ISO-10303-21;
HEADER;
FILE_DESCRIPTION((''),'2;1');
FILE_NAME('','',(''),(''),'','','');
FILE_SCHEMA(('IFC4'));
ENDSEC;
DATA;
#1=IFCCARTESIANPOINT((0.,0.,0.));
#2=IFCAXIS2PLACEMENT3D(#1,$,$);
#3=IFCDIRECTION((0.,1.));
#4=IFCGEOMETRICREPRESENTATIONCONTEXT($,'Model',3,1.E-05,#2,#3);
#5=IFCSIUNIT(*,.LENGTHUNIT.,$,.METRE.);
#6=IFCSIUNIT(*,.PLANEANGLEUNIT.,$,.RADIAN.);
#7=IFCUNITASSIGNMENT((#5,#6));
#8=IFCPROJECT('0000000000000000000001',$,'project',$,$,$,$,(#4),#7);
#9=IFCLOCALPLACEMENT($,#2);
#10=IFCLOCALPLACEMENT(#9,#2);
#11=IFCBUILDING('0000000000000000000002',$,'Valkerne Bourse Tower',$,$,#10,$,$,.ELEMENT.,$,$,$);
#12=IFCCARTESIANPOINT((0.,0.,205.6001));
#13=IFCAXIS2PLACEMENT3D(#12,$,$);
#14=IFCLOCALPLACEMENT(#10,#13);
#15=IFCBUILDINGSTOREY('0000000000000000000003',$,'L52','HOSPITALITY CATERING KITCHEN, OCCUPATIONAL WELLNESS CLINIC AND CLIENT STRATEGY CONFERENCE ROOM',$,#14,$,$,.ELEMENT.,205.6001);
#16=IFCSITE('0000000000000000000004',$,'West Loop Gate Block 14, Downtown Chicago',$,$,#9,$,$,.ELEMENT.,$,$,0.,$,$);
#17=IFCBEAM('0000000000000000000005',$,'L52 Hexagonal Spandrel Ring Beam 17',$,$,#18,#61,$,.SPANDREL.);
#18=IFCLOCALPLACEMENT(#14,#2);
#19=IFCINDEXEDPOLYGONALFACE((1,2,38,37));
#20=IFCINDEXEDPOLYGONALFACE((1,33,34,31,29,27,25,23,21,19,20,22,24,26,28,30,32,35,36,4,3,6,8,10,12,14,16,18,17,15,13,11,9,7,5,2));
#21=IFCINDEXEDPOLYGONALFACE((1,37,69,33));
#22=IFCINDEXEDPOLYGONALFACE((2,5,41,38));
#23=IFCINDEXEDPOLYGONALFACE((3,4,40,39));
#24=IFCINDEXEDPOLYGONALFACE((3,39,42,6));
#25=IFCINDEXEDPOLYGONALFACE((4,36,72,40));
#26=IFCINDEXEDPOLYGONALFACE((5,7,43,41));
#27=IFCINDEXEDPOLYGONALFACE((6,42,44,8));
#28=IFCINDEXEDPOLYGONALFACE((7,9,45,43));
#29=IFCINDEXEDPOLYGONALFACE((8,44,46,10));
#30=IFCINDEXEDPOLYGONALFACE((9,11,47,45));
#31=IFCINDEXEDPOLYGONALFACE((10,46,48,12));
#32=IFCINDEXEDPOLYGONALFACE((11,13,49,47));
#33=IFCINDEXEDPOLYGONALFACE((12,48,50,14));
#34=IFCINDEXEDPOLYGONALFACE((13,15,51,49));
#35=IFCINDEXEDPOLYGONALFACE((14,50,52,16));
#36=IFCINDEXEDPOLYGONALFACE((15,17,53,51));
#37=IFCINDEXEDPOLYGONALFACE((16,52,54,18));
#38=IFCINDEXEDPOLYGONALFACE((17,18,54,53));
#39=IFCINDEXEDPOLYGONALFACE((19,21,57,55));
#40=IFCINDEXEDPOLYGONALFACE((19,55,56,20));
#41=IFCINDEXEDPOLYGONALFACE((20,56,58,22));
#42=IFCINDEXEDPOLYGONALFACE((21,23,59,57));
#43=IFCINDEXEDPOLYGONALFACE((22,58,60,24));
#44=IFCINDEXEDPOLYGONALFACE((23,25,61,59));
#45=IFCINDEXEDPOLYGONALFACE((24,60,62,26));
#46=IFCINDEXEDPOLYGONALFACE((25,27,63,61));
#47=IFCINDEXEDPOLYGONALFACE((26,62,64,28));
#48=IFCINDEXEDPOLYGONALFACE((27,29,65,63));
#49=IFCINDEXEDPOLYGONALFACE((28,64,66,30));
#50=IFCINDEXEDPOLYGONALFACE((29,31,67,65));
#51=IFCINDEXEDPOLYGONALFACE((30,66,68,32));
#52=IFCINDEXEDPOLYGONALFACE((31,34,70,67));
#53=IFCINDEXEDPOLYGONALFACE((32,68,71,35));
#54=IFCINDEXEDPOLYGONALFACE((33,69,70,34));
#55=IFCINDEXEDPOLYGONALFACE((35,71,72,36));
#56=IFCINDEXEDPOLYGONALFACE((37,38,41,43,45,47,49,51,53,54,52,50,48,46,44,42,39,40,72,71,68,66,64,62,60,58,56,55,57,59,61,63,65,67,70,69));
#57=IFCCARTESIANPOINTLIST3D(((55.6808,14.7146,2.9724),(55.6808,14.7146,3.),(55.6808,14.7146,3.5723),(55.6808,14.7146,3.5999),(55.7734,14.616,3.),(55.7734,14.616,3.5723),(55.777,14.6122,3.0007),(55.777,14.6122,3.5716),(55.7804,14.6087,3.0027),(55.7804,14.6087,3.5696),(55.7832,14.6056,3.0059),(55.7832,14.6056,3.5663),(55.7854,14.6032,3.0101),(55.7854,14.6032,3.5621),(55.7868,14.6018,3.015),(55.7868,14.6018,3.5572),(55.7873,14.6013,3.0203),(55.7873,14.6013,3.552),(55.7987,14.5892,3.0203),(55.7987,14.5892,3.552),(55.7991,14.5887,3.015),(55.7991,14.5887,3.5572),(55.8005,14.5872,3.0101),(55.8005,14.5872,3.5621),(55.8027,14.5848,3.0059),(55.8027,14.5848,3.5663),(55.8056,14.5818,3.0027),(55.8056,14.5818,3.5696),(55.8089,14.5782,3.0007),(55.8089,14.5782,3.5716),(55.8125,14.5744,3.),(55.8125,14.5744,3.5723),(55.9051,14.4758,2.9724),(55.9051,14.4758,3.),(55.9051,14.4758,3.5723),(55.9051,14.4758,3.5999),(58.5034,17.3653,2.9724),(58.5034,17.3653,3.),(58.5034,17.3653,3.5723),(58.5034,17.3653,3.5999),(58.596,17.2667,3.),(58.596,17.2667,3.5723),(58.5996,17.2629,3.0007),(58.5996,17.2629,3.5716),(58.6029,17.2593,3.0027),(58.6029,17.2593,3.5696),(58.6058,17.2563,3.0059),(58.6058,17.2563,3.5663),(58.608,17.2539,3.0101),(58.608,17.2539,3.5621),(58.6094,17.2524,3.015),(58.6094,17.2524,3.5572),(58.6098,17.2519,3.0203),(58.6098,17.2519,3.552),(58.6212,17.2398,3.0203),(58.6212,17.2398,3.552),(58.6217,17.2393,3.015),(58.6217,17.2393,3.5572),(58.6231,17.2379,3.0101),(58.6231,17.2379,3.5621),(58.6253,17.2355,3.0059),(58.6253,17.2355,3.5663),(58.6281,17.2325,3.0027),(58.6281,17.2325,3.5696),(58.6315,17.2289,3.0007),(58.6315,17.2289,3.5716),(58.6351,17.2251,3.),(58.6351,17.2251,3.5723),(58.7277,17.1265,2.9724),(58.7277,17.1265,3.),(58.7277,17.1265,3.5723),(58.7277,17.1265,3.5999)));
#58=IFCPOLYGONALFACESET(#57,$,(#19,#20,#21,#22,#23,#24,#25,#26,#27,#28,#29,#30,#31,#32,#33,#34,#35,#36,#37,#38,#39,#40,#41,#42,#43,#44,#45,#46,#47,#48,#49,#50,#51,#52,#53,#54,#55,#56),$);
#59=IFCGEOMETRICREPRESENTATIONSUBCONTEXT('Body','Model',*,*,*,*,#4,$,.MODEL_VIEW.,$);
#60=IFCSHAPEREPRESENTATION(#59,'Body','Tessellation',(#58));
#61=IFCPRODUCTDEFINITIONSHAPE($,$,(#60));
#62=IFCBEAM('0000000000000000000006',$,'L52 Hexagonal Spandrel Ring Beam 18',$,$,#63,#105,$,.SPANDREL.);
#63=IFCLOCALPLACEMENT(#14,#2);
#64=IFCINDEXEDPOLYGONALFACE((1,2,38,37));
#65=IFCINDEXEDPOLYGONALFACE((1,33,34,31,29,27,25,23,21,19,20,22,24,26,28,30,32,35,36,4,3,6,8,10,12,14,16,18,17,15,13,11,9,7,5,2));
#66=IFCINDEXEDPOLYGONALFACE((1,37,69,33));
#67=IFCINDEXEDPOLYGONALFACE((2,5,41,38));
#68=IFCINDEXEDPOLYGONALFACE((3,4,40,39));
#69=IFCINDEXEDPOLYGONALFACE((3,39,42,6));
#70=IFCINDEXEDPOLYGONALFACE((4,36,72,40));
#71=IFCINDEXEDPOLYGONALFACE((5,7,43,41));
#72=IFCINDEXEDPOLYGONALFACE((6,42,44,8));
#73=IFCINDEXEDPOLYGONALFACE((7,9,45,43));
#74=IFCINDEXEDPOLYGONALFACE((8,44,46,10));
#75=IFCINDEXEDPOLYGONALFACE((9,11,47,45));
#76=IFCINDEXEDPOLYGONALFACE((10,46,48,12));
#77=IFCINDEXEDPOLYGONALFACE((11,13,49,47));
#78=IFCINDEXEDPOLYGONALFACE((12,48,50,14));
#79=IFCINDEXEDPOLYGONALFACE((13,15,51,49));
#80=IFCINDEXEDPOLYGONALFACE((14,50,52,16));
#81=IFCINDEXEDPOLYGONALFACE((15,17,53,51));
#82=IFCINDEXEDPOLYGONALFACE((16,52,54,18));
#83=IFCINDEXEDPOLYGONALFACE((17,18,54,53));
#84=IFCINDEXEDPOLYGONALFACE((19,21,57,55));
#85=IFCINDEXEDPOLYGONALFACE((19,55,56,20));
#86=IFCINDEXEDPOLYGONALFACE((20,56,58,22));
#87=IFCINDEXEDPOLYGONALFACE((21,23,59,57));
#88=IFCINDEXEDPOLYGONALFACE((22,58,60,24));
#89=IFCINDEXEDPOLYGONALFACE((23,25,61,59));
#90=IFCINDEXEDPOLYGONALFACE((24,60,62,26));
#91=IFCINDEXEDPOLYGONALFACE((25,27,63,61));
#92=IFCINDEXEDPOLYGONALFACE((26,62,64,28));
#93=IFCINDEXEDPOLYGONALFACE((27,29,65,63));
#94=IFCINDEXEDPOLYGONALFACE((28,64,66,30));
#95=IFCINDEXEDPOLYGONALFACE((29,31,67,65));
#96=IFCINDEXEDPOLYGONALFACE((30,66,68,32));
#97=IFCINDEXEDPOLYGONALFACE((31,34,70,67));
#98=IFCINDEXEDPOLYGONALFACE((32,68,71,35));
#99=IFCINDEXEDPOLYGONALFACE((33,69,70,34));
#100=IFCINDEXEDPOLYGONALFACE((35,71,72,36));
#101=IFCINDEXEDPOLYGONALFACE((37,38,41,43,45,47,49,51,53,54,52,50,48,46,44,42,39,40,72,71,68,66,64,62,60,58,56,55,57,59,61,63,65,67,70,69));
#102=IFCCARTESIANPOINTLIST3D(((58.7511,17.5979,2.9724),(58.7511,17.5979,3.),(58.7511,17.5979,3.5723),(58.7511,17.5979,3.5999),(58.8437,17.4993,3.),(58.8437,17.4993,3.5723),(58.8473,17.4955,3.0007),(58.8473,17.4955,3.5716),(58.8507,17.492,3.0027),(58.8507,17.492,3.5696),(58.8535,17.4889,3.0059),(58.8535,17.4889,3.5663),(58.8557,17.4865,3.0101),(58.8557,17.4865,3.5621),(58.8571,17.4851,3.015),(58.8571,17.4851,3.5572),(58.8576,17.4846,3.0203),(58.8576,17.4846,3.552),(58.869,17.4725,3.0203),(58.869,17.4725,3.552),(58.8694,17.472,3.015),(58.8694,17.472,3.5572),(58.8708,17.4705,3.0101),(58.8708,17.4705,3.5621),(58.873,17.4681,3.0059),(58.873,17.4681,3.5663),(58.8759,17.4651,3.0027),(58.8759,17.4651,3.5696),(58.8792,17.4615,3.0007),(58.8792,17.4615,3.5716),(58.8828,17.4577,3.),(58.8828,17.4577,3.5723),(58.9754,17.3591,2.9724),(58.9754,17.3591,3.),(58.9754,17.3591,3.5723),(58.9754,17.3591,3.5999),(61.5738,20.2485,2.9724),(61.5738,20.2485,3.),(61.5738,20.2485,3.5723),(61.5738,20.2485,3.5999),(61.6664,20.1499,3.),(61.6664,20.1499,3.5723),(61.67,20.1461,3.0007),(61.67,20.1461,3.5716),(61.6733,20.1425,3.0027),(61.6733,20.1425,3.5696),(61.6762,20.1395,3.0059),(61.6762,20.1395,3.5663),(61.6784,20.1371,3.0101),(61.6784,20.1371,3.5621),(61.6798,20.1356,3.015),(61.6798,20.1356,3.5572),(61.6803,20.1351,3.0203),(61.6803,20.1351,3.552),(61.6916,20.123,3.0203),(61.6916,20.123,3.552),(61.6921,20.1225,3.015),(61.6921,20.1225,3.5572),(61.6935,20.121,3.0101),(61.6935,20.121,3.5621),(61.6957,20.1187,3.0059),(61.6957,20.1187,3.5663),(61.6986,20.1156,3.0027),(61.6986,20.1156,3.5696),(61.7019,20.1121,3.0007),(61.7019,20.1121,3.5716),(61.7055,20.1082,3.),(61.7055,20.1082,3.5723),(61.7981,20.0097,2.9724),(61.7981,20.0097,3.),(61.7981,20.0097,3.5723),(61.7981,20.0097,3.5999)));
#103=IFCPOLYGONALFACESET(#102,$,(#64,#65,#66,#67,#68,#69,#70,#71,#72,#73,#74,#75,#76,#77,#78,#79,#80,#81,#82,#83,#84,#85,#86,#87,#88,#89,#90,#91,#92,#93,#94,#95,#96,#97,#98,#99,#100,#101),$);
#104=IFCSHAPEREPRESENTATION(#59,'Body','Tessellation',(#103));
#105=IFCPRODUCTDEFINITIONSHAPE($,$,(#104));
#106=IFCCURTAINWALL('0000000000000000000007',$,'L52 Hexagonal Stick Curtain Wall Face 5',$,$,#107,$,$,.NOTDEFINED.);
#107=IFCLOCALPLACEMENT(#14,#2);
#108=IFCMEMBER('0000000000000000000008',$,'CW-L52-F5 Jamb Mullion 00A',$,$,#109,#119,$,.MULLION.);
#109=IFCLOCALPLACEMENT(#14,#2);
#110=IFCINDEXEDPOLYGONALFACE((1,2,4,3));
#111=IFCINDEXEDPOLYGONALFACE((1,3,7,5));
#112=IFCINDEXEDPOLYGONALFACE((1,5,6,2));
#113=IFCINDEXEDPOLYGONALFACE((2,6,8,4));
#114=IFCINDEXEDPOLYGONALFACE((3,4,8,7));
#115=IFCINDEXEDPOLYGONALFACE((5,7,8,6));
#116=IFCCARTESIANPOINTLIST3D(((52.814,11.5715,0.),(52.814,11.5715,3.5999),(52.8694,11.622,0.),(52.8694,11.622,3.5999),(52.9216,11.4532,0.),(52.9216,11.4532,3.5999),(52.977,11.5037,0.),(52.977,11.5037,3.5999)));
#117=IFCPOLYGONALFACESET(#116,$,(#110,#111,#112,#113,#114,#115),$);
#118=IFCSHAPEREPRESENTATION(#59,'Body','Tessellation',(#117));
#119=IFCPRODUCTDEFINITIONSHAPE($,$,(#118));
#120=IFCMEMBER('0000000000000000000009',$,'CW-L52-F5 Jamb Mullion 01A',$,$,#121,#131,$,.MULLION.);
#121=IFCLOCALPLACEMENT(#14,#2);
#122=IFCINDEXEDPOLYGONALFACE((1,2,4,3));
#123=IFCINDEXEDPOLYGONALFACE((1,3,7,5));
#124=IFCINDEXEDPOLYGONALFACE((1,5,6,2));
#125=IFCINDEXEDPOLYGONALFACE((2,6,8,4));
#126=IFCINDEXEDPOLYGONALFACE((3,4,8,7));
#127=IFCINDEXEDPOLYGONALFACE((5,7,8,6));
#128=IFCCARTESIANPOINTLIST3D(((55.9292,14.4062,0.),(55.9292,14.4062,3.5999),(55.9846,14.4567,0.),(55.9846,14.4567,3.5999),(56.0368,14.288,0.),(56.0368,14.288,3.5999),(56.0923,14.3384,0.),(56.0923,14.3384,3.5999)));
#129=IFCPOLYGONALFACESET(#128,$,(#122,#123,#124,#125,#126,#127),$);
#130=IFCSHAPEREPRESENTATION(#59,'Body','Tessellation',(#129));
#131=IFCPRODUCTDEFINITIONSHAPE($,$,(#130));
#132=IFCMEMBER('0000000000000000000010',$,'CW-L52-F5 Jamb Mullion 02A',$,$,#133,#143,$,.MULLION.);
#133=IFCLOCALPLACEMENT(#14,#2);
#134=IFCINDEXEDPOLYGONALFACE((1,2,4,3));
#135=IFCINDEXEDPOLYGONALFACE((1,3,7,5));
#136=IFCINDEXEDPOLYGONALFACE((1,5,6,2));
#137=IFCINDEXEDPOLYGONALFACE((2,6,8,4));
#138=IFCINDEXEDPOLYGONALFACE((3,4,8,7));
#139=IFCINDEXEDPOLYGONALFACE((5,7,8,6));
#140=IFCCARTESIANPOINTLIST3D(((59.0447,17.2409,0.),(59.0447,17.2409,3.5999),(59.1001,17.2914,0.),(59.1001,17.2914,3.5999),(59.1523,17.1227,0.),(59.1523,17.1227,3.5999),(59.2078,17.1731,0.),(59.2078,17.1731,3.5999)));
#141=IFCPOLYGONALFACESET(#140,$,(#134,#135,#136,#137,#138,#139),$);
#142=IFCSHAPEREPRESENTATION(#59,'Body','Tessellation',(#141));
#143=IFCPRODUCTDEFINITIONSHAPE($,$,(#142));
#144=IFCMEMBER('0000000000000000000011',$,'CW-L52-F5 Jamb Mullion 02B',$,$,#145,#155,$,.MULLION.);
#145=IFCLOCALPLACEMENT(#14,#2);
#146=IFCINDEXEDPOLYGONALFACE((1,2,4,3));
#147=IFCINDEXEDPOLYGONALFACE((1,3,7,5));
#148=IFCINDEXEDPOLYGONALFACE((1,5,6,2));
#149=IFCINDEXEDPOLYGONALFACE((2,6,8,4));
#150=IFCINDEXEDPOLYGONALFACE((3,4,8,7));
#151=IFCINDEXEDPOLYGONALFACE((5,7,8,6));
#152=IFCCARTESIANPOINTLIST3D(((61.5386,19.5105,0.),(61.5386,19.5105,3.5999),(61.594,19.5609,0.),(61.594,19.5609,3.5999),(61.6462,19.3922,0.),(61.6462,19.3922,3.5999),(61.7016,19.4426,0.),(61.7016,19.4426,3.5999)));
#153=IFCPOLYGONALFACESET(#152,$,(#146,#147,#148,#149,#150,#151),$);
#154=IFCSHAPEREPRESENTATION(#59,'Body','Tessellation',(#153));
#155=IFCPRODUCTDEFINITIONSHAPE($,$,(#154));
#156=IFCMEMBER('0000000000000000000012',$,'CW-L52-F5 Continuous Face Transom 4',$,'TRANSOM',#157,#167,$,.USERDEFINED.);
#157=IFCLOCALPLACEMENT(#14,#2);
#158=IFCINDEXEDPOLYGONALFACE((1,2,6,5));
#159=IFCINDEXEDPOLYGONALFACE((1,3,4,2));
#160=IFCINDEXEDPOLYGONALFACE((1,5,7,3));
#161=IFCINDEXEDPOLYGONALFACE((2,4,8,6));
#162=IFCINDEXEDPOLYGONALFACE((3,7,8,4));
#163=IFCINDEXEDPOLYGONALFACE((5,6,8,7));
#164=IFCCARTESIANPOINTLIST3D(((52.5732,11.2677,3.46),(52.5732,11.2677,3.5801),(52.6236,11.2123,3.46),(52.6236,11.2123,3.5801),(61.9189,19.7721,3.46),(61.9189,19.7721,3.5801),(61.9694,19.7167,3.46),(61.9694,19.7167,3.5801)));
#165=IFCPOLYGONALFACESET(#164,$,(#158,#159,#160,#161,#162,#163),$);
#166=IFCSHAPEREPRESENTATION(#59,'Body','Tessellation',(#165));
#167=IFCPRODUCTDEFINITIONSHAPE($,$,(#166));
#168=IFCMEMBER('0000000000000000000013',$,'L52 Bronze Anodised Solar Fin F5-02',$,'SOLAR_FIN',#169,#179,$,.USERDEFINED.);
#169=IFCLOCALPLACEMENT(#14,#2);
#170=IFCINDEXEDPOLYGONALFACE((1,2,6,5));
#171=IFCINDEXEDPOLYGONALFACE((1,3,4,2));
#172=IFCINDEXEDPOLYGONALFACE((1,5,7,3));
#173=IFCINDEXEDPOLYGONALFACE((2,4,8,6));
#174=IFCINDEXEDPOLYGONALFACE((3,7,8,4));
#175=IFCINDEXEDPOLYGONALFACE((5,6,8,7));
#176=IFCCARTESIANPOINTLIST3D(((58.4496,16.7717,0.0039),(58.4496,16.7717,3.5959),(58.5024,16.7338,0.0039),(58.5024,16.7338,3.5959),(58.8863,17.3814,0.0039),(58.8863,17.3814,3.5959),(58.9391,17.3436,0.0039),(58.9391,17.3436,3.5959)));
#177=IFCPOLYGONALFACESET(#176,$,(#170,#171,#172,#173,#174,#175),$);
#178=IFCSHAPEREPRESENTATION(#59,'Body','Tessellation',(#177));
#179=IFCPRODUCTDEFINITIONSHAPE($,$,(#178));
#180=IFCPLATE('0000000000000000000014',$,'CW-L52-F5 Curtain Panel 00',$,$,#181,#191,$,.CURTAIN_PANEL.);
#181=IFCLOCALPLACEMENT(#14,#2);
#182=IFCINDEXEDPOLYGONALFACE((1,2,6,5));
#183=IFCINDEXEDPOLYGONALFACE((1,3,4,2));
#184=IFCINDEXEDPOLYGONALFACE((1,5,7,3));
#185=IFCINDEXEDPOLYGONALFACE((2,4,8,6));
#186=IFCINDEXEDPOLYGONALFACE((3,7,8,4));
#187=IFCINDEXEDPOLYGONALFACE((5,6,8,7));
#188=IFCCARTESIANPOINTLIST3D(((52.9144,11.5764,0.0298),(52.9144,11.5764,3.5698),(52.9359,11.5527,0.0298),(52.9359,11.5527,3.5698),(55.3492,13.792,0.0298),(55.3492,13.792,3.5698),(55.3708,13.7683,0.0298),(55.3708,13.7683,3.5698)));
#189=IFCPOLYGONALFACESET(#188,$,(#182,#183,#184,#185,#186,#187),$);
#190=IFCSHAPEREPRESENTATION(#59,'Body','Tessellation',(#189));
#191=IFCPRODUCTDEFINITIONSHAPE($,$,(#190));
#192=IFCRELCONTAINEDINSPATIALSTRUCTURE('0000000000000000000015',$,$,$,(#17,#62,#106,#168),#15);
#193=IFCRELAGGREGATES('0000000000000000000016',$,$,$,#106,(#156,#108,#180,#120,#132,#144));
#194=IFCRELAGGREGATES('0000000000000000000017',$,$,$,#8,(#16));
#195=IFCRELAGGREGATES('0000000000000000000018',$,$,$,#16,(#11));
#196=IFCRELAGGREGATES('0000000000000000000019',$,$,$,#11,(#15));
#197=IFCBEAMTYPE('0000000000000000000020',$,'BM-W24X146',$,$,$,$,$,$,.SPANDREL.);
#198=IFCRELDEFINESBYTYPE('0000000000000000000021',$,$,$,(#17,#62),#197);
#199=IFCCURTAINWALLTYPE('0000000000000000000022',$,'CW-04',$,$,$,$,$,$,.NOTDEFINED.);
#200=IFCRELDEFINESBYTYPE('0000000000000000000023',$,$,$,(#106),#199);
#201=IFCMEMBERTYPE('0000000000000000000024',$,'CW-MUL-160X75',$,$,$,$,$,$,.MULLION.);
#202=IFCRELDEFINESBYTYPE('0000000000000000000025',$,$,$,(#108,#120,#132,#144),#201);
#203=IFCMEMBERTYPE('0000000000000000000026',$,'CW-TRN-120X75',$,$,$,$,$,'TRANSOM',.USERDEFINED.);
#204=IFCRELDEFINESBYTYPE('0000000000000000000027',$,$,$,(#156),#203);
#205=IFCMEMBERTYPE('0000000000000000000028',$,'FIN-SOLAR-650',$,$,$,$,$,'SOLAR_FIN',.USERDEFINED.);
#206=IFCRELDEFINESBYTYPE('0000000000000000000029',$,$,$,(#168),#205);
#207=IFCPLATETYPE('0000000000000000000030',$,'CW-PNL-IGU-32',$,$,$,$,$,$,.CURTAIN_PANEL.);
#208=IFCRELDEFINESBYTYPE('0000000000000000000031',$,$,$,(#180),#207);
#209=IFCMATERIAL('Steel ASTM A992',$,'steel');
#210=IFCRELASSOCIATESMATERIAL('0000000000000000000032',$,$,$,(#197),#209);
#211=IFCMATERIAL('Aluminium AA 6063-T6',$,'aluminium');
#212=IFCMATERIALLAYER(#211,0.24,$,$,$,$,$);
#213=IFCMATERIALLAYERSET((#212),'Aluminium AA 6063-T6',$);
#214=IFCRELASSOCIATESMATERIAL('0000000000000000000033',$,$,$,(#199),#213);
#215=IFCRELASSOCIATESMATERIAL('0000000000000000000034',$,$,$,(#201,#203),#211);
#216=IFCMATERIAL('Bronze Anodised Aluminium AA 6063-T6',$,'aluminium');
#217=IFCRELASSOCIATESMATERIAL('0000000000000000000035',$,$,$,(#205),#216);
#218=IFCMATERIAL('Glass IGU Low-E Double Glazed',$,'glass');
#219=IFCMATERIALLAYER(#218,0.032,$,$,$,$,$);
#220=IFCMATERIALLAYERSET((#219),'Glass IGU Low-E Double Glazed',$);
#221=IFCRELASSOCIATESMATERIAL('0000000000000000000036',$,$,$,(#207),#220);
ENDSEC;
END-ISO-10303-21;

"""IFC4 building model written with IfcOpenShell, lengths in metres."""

from ifc_helpers import new_model, si_unit, direction, frame, origin, origin_2d, place, context, subcontext, project, spatial, rectangle, i_section, extrude, material, layer, layer_set, material_profile, profile_set, type_object, element, aggregate, save


model = new_model("IFC4")

# Units and contexts
model_context = context("Model", 3, precision=1e-05, world=origin(), true_north=direction((0.0, 1.0)))
body_context = subcontext(model_context, "Body", "Model", "MODEL_VIEW")
ifc_project = project(units=[si_unit("LENGTHUNIT", "METRE"), si_unit("PLANEANGLEUNIT", "RADIAN")], contexts=[model_context])

# Site, building, storey
site_placement = place(None, origin())
site = spatial("IfcSite", under=ifc_project, at=site_placement, Name="West Loop Gate Block 14, Downtown Chicago", CompositionType="ELEMENT", RefElevation=0.0)
building_placement = place(site_placement, origin())
building = spatial("IfcBuilding", under=site, at=building_placement, Name="Valkerne Bourse Tower", CompositionType="ELEMENT")
storey_placement = place(building_placement, frame((0.0, 0.0, 205.6001)))
storey = spatial("IfcBuildingStorey", under=building, at=storey_placement, Name="L52", Description="HOSPITALITY CATERING KITCHEN, OCCUPATIONAL WELLNESS CLINIC AND CLIENT STRATEGY CONFERENCE ROOM", CompositionType="ELEMENT", Elevation=205.6001)

# Beams
ifc_material_1 = material(Name="Steel ASTM A992", Category="steel")
ifc_material_profile_1 = material_profile(ifc_material_1, i_section(OverallWidth=0.3276, OverallDepth=0.6274, WebThickness=0.0166, FlangeThickness=0.0276, FilletRadius=0.0203, at=origin_2d()), Name="W24X146")
ifc_profile_set_1 = profile_set([ifc_material_profile_1], Name="Steel ASTM A992")
beam_type = type_object("IfcBeamType", Name="BM-W24X146", PredefinedType="SPANDREL", material=ifc_profile_set_1)
for number, where, z_axis, x_axis, name in (
    (1, (55.793, 14.5952, 3.2861), (0.728953, 0.684564, 0.0), (-0.684564, 0.728953, 0.0), "L52 Hexagonal Spandrel Ring Beam 17"),
    (2, (58.8633, 17.4785, 3.2861), (0.728982, 0.684532, 0.0), (-0.684532, 0.728982, 0.0), "L52 Hexagonal Spandrel Ring Beam 18"),
):
    element("IfcBeam", number, at=place(storey_placement, frame(where, z_axis=z_axis, x_axis=x_axis)), inside=storey, type_object=beam_type, Name=name, PredefinedType="SPANDREL", context=body_context, shape_type="SweptSolid", body=[
        extrude(i_section(OverallWidth=0.3276, OverallDepth=0.6274, WebThickness=0.0166, FlangeThickness=0.0276, FilletRadius=0.0203, at=origin_2d()), origin(), (0.0, 0.0, 1.0), 3.8721),
    ])

# Curtain wall, members
ifc_material_2 = material(Name="Aluminium AA 6063-T6", Category="aluminium")
ifc_layer_1 = layer(ifc_material_2, 0.24)
ifc_layer_set_1 = layer_set([ifc_layer_1], Name="Aluminium AA 6063-T6")
curtain_wall_type = type_object("IfcCurtainWallType", Name="CW-04", PredefinedType="NOTDEFINED", material=ifc_layer_set_1)
curtain_wall_placement = place(storey_placement, origin())
curtain_wall = element("IfcCurtainWall", 3, at=curtain_wall_placement, inside=storey, type_object=curtain_wall_type, Name="L52 Hexagonal Stick Curtain Wall Face 5", PredefinedType="NOTDEFINED")
ifc_material_profile_2 = material_profile(ifc_material_2, rectangle(XDim=0.075, YDim=0.1599, at=origin_2d()), Name="CWM-75X160")
ifc_profile_set_2 = profile_set([ifc_material_profile_2], Name="Aluminium AA 6063-T6")
member_type_1 = type_object("IfcMemberType", Name="CW-MUL-160X75", PredefinedType="MULLION", material=ifc_profile_set_2)
member_1_placement = place(storey_placement, frame((52.8955, 11.5376, 0.0), z_axis=(0.0, 0.0, 1.0), x_axis=(0.73962, 0.673025, 0.0)))
member_1 = element("IfcMember", 4, at=member_1_placement, type_object=member_type_1, Name="CW-L52-F5 Jamb Mullion 00A", PredefinedType="MULLION", context=body_context, shape_type="SweptSolid", body=[
    extrude(rectangle(XDim=0.075, YDim=0.1599, at=origin_2d()), origin(), (0.0, 0.0, 1.0), 3.5999),
])
member_2_placement = place(storey_placement, frame((56.0107, 14.3723, 0.0), z_axis=(0.0, 0.0, 1.0), x_axis=(0.739632, 0.673012, 0.0)))
member_2 = element("IfcMember", 5, at=member_2_placement, type_object=member_type_1, Name="CW-L52-F5 Jamb Mullion 01A", PredefinedType="MULLION", context=body_context, shape_type="SweptSolid", body=[
    extrude(rectangle(XDim=0.075, YDim=0.1599, at=origin_2d()), origin(), (0.0, 0.0, 1.0), 3.5999),
])
member_3_placement = place(storey_placement, frame((59.1262, 17.207, 0.0), z_axis=(0.0, 0.0, 1.0), x_axis=(0.739632, 0.673012, 0.0)))
member_3 = element("IfcMember", 6, at=member_3_placement, type_object=member_type_1, Name="CW-L52-F5 Jamb Mullion 02A", PredefinedType="MULLION", context=body_context, shape_type="SweptSolid", body=[
    extrude(rectangle(XDim=0.075, YDim=0.1599, at=origin_2d()), origin(), (0.0, 0.0, 1.0), 3.5999),
])
member_4_placement = place(storey_placement, frame((61.6201, 19.4766, 0.0), z_axis=(0.0, 0.0, 1.0), x_axis=(0.739632, 0.673012, 0.0)))
member_4 = element("IfcMember", 7, at=member_4_placement, type_object=member_type_1, Name="CW-L52-F5 Jamb Mullion 02B", PredefinedType="MULLION", context=body_context, shape_type="SweptSolid", body=[
    extrude(rectangle(XDim=0.075, YDim=0.1599, at=origin_2d()), origin(), (0.0, 0.0, 1.0), 3.5999),
])
ifc_material_profile_3 = material_profile(ifc_material_2, rectangle(XDim=0.075, YDim=0.1201, at=origin_2d()), Name="CWT-75X120")
ifc_profile_set_3 = profile_set([ifc_material_profile_3], Name="Aluminium AA 6063-T6")
member_type_2 = type_object("IfcMemberType", Name="CW-TRN-120X75", ElementType="TRANSOM", PredefinedType="USERDEFINED", material=ifc_profile_set_3)
member_5_placement = place(storey_placement, frame((52.5984, 11.24, 3.52), z_axis=(0.739613, 0.673032, 0.0), x_axis=(-0.673032, 0.739613, 0.0)))
member_5 = element("IfcMember", 8, at=member_5_placement, type_object=member_type_2, Name="CW-L52-F5 Continuous Face Transom 4", ObjectType="TRANSOM", PredefinedType="USERDEFINED", context=body_context, shape_type="SweptSolid", body=[
    extrude(rectangle(XDim=0.075, YDim=0.1201, at=origin_2d()), origin(), (0.0, 0.0, 1.0), 12.636),
])

# Member
ifc_material_3 = material(Name="Bronze Anodised Aluminium AA 6063-T6", Category="aluminium")
ifc_material_profile_4 = material_profile(ifc_material_3, rectangle(XDim=0.0649, YDim=0.75, at=origin_2d()), Name="FIN-65X750")
ifc_profile_set_4 = profile_set([ifc_material_profile_4], Name="Bronze Anodised Aluminium AA 6063-T6")
member_type_3 = type_object("IfcMemberType", Name="FIN-SOLAR-650", ElementType="SOLAR_FIN", PredefinedType="USERDEFINED", material=ifc_profile_set_4)
member_6_placement = place(storey_placement, frame((58.6943, 17.0576, 0.0039), z_axis=(0.0, 0.0, 1.0), x_axis=(0.812974, -0.5823, 0.0)))
element("IfcMember", 9, at=member_6_placement, inside=storey, type_object=member_type_3, Name="L52 Bronze Anodised Solar Fin F5-02", ObjectType="SOLAR_FIN", PredefinedType="USERDEFINED", context=body_context, shape_type="SweptSolid", body=[
    extrude(rectangle(XDim=0.0649, YDim=0.75, at=origin_2d()), origin(), (0.0, 0.0, 1.0), 3.592),
])

# Plate
ifc_material_4 = material(Name="Glass IGU Low-E Double Glazed", Category="glass")
ifc_layer_2 = layer(ifc_material_4, 0.032)
ifc_layer_set_2 = layer_set([ifc_layer_2], Name="Glass IGU Low-E Double Glazed")
plate_type = type_object("IfcPlateType", Name="CW-PNL-IGU-32", PredefinedType="CURTAIN_PANEL", material=ifc_layer_set_2)
plate_1_placement = place(storey_placement, frame((54.1426, 12.6724, 0.0298), z_axis=(0.0, 0.0, 1.0), x_axis=(0.73962, 0.673025, 0.0)))
plate_1 = element("IfcPlate", 10, at=plate_1_placement, type_object=plate_type, Name="CW-L52-F5 Curtain Panel 00", PredefinedType="CURTAIN_PANEL", context=body_context, shape_type="SweptSolid", body=[
    extrude(rectangle(XDim=3.292, YDim=0.032, at=origin_2d()), origin(), (0.0, 0.0, 1.0), 3.54),
])
aggregate(curtain_wall, [member_5, member_1, plate_1, member_2, member_3, member_4])

save(model, "model.ifc")
